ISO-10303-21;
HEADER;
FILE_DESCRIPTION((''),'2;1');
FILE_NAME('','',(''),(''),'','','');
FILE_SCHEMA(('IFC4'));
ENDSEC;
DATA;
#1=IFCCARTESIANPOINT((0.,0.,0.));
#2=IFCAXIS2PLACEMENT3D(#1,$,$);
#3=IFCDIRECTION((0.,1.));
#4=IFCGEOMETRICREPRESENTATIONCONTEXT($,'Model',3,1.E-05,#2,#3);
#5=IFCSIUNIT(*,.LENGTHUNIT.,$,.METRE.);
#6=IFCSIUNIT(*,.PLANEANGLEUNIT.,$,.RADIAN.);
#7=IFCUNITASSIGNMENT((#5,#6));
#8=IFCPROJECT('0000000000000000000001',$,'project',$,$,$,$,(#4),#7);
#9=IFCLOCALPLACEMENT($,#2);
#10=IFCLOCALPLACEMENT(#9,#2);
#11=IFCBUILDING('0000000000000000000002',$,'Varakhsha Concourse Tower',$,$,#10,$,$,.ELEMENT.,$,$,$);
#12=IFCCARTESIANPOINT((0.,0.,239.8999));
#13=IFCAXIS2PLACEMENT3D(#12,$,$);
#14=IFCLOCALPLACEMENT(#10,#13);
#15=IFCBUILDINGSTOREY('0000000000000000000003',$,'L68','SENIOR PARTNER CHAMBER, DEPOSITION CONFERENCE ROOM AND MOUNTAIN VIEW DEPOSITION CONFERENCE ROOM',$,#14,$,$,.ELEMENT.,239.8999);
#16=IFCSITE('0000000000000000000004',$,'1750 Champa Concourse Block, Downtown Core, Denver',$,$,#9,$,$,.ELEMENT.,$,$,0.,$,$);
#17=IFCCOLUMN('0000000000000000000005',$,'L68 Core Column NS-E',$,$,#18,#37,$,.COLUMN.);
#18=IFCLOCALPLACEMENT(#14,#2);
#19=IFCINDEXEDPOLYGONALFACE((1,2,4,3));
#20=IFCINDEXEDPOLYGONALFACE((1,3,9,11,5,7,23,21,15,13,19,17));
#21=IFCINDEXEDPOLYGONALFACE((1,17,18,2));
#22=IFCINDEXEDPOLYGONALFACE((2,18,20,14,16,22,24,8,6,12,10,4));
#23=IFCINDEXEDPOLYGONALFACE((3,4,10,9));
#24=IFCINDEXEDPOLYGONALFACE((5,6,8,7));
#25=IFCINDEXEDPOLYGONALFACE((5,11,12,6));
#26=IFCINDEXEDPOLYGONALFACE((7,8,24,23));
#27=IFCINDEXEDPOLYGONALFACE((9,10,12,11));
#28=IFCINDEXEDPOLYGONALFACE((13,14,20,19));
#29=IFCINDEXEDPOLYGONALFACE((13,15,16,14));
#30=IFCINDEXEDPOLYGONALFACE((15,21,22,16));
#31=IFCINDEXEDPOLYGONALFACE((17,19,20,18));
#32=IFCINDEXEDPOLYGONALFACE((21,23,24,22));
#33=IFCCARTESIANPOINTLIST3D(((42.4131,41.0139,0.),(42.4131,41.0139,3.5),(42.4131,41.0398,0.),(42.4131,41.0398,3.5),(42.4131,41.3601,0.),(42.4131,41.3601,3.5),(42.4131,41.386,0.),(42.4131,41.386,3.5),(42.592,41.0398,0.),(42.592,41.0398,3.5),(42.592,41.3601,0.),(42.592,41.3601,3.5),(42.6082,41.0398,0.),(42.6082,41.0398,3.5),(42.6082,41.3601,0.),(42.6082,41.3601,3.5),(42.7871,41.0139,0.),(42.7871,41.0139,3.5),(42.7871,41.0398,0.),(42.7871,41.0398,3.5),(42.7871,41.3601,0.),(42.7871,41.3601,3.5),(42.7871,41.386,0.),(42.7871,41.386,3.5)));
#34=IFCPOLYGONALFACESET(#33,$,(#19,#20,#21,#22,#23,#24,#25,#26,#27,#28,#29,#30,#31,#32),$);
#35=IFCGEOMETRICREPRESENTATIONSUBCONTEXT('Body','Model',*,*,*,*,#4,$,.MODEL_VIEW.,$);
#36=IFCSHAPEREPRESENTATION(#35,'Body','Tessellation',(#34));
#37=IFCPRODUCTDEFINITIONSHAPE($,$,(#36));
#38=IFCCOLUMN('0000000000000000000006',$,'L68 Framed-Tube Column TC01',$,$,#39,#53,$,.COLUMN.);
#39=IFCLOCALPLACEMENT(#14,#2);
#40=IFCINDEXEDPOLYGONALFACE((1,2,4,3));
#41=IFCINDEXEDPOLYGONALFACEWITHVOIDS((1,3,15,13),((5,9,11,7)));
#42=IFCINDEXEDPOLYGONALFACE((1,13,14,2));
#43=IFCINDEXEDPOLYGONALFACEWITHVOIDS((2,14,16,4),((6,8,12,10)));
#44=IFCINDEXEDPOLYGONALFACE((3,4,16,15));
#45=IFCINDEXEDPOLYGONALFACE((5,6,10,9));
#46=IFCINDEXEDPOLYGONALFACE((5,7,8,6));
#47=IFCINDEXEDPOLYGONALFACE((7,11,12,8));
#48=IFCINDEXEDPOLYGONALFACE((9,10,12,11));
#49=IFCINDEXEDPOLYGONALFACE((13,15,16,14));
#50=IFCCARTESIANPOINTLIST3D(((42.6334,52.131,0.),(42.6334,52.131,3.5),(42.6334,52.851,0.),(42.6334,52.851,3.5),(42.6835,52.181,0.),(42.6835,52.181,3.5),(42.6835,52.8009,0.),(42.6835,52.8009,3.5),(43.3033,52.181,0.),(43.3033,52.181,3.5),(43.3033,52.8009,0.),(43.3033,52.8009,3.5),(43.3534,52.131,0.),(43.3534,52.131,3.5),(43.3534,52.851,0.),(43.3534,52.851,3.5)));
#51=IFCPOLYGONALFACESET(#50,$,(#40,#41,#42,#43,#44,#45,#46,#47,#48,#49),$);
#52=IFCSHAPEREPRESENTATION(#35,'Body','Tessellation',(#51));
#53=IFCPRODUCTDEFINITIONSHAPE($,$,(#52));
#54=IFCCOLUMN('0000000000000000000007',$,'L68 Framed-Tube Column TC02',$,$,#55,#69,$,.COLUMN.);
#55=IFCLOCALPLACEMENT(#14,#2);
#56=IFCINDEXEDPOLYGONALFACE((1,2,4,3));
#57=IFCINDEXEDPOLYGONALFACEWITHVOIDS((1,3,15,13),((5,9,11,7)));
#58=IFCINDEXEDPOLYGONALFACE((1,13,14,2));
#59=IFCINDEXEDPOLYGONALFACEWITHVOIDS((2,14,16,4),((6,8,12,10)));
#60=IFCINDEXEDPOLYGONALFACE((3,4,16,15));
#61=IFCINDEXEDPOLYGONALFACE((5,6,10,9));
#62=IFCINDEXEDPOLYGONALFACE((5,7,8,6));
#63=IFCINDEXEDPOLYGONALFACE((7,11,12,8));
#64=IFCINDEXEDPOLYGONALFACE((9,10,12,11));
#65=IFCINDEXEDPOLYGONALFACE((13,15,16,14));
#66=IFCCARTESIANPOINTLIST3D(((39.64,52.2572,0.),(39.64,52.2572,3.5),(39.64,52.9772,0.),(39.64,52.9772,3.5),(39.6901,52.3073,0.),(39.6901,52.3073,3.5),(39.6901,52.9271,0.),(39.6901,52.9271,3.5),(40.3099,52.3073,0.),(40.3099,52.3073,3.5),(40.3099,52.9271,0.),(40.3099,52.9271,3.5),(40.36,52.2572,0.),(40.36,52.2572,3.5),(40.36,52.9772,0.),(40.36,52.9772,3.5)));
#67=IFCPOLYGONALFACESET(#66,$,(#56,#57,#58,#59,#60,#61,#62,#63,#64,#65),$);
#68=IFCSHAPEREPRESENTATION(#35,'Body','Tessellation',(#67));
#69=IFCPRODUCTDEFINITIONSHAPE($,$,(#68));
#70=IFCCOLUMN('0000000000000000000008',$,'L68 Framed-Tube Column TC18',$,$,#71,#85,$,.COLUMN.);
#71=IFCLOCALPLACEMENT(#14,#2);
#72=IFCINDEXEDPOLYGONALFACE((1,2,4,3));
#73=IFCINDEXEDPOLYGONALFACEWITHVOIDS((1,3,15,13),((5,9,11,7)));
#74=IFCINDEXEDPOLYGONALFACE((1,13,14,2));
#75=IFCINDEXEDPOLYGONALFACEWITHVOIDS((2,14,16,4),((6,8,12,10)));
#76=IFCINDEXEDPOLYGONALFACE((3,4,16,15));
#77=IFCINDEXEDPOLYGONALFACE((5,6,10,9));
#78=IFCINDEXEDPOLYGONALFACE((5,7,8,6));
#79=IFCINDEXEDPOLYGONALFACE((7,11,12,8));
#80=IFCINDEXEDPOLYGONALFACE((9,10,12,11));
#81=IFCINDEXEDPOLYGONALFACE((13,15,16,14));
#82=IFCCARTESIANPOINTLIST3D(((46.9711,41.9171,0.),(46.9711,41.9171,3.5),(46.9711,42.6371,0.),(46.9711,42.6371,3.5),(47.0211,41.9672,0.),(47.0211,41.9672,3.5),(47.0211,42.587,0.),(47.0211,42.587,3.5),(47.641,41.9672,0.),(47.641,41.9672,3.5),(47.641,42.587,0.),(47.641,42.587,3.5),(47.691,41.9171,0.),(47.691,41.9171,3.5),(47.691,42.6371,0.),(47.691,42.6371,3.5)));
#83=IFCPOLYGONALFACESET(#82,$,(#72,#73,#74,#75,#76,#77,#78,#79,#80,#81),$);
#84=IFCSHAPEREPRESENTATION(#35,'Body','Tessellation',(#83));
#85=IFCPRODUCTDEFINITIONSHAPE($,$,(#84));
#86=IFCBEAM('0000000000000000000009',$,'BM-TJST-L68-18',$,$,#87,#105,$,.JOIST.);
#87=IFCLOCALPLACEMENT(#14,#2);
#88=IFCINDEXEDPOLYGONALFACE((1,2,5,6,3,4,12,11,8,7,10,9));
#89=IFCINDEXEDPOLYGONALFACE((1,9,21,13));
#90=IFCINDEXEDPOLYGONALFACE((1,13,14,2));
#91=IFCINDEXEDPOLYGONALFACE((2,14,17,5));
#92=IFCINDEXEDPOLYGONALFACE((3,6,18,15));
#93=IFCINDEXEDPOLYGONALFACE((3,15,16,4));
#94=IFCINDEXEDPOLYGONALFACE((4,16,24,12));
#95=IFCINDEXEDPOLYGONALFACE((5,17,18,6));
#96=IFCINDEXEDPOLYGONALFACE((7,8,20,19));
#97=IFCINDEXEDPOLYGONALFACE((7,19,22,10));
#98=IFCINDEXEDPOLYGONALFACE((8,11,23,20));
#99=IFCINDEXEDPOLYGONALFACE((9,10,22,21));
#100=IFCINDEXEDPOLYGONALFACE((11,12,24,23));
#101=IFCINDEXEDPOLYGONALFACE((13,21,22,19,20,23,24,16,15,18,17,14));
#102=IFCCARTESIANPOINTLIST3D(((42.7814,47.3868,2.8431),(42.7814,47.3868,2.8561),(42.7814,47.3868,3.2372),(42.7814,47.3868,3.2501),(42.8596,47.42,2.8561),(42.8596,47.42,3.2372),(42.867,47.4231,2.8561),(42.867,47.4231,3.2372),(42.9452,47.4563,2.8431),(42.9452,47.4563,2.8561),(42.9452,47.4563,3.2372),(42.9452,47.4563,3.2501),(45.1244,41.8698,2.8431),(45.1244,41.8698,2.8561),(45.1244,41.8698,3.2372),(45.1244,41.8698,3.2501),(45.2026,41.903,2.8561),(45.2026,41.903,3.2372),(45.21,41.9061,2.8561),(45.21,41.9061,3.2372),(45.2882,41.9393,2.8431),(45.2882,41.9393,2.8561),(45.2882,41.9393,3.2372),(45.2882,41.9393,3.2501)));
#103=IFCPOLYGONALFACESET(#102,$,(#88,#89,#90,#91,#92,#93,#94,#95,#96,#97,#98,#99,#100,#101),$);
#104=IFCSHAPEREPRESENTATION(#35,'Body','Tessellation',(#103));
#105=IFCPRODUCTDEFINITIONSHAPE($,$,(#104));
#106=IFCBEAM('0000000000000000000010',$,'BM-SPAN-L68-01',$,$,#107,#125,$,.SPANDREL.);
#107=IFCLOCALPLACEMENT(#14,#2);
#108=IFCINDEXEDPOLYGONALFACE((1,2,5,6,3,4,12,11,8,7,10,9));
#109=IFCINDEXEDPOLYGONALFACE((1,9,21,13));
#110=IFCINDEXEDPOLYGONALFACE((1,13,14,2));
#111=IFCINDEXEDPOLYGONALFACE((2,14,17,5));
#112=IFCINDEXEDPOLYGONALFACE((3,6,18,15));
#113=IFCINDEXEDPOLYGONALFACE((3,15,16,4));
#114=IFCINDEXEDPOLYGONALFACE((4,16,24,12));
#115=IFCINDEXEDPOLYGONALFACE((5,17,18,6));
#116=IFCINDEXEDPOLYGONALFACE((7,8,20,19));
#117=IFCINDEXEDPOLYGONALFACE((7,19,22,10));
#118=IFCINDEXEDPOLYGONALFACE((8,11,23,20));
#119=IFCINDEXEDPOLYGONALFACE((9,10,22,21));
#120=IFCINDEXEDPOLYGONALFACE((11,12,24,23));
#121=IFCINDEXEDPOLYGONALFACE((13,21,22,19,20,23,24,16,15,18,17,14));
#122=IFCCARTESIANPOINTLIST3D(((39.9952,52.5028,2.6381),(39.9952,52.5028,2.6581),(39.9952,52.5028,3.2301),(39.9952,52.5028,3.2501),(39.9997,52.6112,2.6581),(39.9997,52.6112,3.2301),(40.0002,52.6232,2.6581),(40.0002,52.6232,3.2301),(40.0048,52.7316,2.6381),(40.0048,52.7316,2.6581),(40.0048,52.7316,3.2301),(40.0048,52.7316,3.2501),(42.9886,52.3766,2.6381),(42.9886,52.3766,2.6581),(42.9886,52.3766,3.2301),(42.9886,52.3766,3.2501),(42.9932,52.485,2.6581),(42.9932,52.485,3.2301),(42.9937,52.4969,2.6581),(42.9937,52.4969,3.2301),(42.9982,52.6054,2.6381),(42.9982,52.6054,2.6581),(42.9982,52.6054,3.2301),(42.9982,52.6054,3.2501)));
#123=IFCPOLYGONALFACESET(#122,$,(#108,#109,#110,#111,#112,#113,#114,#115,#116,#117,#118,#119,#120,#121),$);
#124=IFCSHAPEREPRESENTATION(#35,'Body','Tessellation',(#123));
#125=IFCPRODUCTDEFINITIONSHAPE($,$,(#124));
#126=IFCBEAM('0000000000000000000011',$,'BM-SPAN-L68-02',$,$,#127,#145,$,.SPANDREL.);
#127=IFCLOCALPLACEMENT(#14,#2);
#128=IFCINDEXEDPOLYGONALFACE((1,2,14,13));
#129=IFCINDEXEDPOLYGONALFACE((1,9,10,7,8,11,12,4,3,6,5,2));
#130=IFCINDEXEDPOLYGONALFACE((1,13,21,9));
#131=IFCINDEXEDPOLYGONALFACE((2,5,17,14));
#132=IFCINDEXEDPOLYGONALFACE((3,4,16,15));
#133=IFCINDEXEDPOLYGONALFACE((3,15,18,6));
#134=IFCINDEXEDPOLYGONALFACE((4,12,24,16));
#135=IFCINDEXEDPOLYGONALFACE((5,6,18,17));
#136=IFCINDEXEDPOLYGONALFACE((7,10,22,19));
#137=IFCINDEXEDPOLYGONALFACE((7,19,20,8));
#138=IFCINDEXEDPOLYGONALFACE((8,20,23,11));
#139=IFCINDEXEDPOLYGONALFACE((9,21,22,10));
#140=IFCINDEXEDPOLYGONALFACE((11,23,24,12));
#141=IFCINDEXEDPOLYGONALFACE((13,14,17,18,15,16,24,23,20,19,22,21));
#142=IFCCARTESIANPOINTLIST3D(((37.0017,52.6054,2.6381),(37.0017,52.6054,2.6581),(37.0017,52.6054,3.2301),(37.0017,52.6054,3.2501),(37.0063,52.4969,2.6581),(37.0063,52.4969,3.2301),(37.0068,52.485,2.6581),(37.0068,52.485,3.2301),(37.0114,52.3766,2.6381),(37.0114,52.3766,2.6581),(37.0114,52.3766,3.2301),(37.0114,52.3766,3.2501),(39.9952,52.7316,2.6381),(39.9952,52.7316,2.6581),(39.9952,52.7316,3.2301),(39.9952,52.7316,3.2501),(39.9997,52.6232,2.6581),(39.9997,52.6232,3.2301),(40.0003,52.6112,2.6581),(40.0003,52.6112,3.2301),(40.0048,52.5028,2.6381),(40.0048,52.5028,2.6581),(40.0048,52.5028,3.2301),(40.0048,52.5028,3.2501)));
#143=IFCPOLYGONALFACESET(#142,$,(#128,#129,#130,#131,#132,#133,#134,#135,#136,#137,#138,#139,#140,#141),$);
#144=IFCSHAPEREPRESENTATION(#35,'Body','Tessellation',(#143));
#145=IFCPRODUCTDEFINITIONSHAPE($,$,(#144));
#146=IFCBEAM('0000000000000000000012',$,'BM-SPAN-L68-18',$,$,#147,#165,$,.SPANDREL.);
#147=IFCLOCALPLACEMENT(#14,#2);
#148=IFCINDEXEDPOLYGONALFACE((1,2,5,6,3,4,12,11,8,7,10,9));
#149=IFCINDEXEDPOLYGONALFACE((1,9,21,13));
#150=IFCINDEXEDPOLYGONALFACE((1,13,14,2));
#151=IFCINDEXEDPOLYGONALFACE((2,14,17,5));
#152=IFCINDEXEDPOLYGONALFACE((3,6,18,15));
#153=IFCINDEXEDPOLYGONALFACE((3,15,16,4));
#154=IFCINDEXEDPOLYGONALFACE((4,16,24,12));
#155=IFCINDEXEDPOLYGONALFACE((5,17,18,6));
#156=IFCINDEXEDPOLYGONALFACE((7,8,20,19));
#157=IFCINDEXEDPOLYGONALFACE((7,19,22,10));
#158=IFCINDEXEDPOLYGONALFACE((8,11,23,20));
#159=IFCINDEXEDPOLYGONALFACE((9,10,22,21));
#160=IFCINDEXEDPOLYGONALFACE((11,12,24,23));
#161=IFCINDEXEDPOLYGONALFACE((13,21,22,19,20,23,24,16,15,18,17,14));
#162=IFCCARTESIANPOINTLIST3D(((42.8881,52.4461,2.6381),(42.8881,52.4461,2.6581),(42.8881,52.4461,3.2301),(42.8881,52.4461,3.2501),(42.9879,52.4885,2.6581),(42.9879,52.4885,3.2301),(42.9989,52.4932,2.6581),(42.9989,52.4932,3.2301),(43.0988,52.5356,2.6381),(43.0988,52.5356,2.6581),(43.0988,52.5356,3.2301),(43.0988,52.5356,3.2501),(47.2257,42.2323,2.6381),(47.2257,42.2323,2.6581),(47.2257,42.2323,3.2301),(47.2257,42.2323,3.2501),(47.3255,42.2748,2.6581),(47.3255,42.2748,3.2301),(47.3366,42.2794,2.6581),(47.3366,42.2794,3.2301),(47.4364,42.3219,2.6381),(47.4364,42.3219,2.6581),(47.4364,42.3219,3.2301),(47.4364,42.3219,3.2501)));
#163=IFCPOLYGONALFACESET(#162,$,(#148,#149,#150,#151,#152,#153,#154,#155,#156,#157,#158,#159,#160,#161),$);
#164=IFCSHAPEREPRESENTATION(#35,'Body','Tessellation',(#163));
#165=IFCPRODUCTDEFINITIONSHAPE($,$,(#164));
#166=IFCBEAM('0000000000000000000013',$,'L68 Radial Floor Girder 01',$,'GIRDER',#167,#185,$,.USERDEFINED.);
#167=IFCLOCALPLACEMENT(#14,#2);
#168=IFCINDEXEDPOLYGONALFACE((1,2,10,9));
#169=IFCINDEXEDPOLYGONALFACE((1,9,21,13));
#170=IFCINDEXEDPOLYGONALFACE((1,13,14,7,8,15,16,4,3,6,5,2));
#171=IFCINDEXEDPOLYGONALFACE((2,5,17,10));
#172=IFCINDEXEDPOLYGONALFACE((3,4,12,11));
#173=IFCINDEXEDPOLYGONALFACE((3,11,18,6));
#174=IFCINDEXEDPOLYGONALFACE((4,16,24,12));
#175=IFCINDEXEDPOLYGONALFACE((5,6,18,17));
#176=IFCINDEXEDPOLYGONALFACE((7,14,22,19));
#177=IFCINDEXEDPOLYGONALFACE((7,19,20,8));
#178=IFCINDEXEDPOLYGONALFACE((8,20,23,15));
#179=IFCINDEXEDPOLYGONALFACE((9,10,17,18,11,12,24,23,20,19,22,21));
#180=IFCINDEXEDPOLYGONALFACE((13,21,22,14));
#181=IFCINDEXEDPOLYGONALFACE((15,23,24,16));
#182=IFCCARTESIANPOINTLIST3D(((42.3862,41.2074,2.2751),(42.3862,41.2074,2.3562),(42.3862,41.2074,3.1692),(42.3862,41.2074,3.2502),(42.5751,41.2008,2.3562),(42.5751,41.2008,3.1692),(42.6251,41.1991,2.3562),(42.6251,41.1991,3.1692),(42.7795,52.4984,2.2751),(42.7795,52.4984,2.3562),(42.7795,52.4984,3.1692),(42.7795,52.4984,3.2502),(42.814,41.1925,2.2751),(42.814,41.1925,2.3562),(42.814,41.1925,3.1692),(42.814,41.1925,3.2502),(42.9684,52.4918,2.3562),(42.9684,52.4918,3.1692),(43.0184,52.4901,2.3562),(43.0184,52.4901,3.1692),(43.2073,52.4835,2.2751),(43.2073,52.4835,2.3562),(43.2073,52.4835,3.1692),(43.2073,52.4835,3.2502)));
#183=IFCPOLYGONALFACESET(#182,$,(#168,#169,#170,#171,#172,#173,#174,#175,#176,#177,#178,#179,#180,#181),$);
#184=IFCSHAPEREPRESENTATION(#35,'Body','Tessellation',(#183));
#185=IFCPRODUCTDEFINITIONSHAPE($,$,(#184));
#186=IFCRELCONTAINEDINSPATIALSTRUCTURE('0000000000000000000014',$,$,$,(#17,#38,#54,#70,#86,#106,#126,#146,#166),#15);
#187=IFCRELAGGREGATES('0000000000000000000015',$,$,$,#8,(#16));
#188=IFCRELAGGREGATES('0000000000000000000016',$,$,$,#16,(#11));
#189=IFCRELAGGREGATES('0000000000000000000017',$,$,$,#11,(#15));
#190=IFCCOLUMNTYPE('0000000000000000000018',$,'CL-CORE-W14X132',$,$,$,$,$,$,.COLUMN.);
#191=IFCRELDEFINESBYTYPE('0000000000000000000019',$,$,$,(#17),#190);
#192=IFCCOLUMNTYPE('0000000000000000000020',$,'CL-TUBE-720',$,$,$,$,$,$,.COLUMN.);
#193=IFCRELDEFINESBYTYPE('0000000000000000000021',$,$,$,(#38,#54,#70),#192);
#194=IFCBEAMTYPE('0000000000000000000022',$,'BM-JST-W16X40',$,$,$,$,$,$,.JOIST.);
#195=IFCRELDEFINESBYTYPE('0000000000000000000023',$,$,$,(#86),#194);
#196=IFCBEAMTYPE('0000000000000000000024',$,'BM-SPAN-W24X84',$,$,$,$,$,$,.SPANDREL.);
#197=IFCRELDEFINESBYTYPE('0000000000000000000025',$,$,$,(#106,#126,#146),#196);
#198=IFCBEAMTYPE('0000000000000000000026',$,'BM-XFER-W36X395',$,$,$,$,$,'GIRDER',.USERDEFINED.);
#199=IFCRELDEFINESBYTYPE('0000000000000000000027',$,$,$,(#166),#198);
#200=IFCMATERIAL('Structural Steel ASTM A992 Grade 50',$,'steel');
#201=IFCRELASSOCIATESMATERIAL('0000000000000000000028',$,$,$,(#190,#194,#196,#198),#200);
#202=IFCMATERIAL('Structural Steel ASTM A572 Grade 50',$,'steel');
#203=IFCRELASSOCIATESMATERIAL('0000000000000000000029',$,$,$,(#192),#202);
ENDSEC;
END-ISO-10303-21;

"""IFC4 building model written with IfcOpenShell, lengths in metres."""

from ifc_helpers import new_model, si_unit, direction, frame, origin, origin_2d, place, context, subcontext, project, spatial, hollow_rectangle, i_section, extrude, material, material_profile, profile_set, type_object, element, save


model = new_model("IFC4")

# Units and contexts
model_context = context("Model", 3, precision=1e-05, world=origin(), true_north=direction((0.0, 1.0)))
body_context = subcontext(model_context, "Body", "Model", "MODEL_VIEW")
ifc_project = project(units=[si_unit("LENGTHUNIT", "METRE"), si_unit("PLANEANGLEUNIT", "RADIAN")], contexts=[model_context])

# Site, building, storey
site_placement = place(None, origin())
site = spatial("IfcSite", under=ifc_project, at=site_placement, Name="1750 Champa Concourse Block, Downtown Core, Denver", CompositionType="ELEMENT", RefElevation=0.0)
building_placement = place(site_placement, origin())
building = spatial("IfcBuilding", under=site, at=building_placement, Name="Varakhsha Concourse Tower", CompositionType="ELEMENT")
storey_placement = place(building_placement, frame((0.0, 0.0, 239.8999)))
storey = spatial("IfcBuildingStorey", under=building, at=storey_placement, Name="L68", Description="SENIOR PARTNER CHAMBER, DEPOSITION CONFERENCE ROOM AND MOUNTAIN VIEW DEPOSITION CONFERENCE ROOM", CompositionType="ELEMENT", Elevation=239.8999)

# Columns
ifc_material_1 = material(Name="Structural Steel ASTM A992 Grade 50", Category="steel")
ifc_material_profile_1 = material_profile(ifc_material_1, i_section(OverallWidth=0.374, OverallDepth=0.3721, WebThickness=0.0161, FlangeThickness=0.0259, at=origin_2d()), Name="W14X132")
ifc_profile_set_1 = profile_set([ifc_material_profile_1], Name="Structural Steel ASTM A992 Grade 50")
column_type_1 = type_object("IfcColumnType", Name="CL-CORE-W14X132", PredefinedType="COLUMN", material=ifc_profile_set_1)
column_placement = place(storey_placement, frame((42.6001, 41.2, 0.0), z_axis=(0.0, 0.0, 1.0), x_axis=(1.0, 0.0, 0.0)))
element("IfcColumn", 1, at=column_placement, inside=storey, type_object=column_type_1, Name="L68 Core Column NS-E", PredefinedType="COLUMN", context=body_context, shape_type="SweptSolid", body=[
    extrude(i_section(OverallWidth=0.374, OverallDepth=0.3721, WebThickness=0.0161, FlangeThickness=0.0259, at=origin_2d()), origin(), (0.0, 0.0, 1.0), 3.5),
])
ifc_material_2 = material(Name="Structural Steel ASTM A572 Grade 50", Category="steel")
ifc_material_profile_2 = material_profile(ifc_material_2, hollow_rectangle(XDim=0.72, YDim=0.72, WallThickness=0.05, at=origin_2d()), Name="BOX 720x720x50")
ifc_profile_set_2 = profile_set([ifc_material_profile_2], Name="Structural Steel ASTM A572 Grade 50")
column_type_2 = type_object("IfcColumnType", Name="CL-TUBE-720", PredefinedType="COLUMN", material=ifc_profile_set_2)
for number, where, z_axis, x_axis, name in (
    (2, (42.9934, 52.491, 0.0), (0.0, 0.0, 1.0), (1.0, 0.0, 0.0), "L68 Framed-Tube Column TC01"),
    (3, (40.0, 52.6172, 0.0), (0.0, 0.0, 1.0), (1.0, 0.0, 0.0), "L68 Framed-Tube Column TC02"),
    (4, (47.3311, 42.2771, 0.0), (0.0, 0.0, 1.0), (1.0, 0.0, 0.0), "L68 Framed-Tube Column TC18"),
):
    element("IfcColumn", number, at=place(storey_placement, frame(where, z_axis=z_axis, x_axis=x_axis)), inside=storey, type_object=column_type_2, Name=name, PredefinedType="COLUMN", context=body_context, shape_type="SweptSolid", body=[
        extrude(hollow_rectangle(XDim=0.72, YDim=0.72, WallThickness=0.05, at=origin_2d()), origin(), (0.0, 0.0, 1.0), 3.5),
    ])

# Beams
ifc_material_profile_3 = material_profile(ifc_material_1, i_section(OverallWidth=0.178, OverallDepth=0.407, WebThickness=0.0081, FlangeThickness=0.0129, at=origin_2d()), Name="W16X40")
ifc_profile_set_3 = profile_set([ifc_material_profile_3], Name="Structural Steel ASTM A992 Grade 50")
beam_type_1 = type_object("IfcBeamType", Name="BM-JST-W16X40", PredefinedType="JOIST", material=ifc_profile_set_3)
beam_1_placement = place(storey_placement, frame((45.2063, 41.9045, 3.0466), z_axis=(-0.390894, 0.920436, 0.0), x_axis=(-0.920436, -0.390894, 0.0)))
element("IfcBeam", 5, at=beam_1_placement, inside=storey, type_object=beam_type_1, Name="BM-TJST-L68-18", PredefinedType="JOIST", context=body_context, shape_type="SweptSolid", body=[
    extrude(i_section(OverallWidth=0.178, OverallDepth=0.407, WebThickness=0.0081, FlangeThickness=0.0129, at=origin_2d()), origin(), (0.0, 0.0, 1.0), 5.9939),
])
ifc_material_profile_4 = material_profile(ifc_material_1, i_section(OverallWidth=0.229, OverallDepth=0.6121, WebThickness=0.012, FlangeThickness=0.02, at=origin_2d()), Name="W24X84")
ifc_profile_set_4 = profile_set([ifc_material_profile_4], Name="Structural Steel ASTM A992 Grade 50")
beam_type_2 = type_object("IfcBeamType", Name="BM-SPAN-W24X84", PredefinedType="SPANDREL", material=ifc_profile_set_4)
for number, where, z_axis, x_axis, name in (
    (6, (42.9934, 52.491, 2.9441), (-0.999112, 0.042129, 0.0), (-0.042129, -0.999112, 0.0), "BM-SPAN-L68-01"),
    (7, (40.0, 52.6172, 2.9441), (-0.999112, -0.042129, 0.0), (0.042129, -0.999112, 0.0), "BM-SPAN-L68-02"),
):
    element("IfcBeam", number, at=place(storey_placement, frame(where, z_axis=z_axis, x_axis=x_axis)), inside=storey, type_object=beam_type_2, Name=name, PredefinedType="SPANDREL", context=body_context, shape_type="SweptSolid", body=[
        extrude(i_section(OverallWidth=0.229, OverallDepth=0.6121, WebThickness=0.012, FlangeThickness=0.02, at=origin_2d()), origin(), (0.0, 0.0, 1.0), 2.9961),
    ])
beam_2_placement = place(storey_placement, frame((47.3311, 42.2771, 2.9441), z_axis=(-0.390893, 0.920436, 0.0), x_axis=(-0.920436, -0.390893, 0.0)))
element("IfcBeam", 8, at=beam_2_placement, inside=storey, type_object=beam_type_2, Name="BM-SPAN-L68-18", PredefinedType="SPANDREL", context=body_context, shape_type="SweptSolid", body=[
    extrude(i_section(OverallWidth=0.229, OverallDepth=0.6121, WebThickness=0.012, FlangeThickness=0.02, at=origin_2d()), origin(), (0.0, 0.0, 1.0), 11.0967),
])
ifc_material_profile_5 = material_profile(ifc_material_1, i_section(OverallWidth=0.428, OverallDepth=0.9751, WebThickness=0.05, FlangeThickness=0.0811, at=origin_2d()), Name="W36X395")
ifc_profile_set_5 = profile_set([ifc_material_profile_5], Name="Structural Steel ASTM A992 Grade 50")
beam_type_3 = type_object("IfcBeamType", Name="BM-XFER-W36X395", ElementType="GIRDER", PredefinedType="USERDEFINED", material=ifc_profile_set_5)
beam_3_placement = place(storey_placement, frame((42.6001, 41.2, 2.7627), z_axis=(0.034813, 0.999394, 0.0), x_axis=(-0.999394, 0.034813, 0.0)))
element("IfcBeam", 9, at=beam_3_placement, inside=storey, type_object=beam_type_3, Name="L68 Radial Floor Girder 01", ObjectType="GIRDER", PredefinedType="USERDEFINED", context=body_context, shape_type="SweptSolid", body=[
    extrude(i_section(OverallWidth=0.428, OverallDepth=0.9751, WebThickness=0.05, FlangeThickness=0.0811, at=origin_2d()), origin(), (0.0, 0.0, 1.0), 11.2979),
])

save(model, "model.ifc")
